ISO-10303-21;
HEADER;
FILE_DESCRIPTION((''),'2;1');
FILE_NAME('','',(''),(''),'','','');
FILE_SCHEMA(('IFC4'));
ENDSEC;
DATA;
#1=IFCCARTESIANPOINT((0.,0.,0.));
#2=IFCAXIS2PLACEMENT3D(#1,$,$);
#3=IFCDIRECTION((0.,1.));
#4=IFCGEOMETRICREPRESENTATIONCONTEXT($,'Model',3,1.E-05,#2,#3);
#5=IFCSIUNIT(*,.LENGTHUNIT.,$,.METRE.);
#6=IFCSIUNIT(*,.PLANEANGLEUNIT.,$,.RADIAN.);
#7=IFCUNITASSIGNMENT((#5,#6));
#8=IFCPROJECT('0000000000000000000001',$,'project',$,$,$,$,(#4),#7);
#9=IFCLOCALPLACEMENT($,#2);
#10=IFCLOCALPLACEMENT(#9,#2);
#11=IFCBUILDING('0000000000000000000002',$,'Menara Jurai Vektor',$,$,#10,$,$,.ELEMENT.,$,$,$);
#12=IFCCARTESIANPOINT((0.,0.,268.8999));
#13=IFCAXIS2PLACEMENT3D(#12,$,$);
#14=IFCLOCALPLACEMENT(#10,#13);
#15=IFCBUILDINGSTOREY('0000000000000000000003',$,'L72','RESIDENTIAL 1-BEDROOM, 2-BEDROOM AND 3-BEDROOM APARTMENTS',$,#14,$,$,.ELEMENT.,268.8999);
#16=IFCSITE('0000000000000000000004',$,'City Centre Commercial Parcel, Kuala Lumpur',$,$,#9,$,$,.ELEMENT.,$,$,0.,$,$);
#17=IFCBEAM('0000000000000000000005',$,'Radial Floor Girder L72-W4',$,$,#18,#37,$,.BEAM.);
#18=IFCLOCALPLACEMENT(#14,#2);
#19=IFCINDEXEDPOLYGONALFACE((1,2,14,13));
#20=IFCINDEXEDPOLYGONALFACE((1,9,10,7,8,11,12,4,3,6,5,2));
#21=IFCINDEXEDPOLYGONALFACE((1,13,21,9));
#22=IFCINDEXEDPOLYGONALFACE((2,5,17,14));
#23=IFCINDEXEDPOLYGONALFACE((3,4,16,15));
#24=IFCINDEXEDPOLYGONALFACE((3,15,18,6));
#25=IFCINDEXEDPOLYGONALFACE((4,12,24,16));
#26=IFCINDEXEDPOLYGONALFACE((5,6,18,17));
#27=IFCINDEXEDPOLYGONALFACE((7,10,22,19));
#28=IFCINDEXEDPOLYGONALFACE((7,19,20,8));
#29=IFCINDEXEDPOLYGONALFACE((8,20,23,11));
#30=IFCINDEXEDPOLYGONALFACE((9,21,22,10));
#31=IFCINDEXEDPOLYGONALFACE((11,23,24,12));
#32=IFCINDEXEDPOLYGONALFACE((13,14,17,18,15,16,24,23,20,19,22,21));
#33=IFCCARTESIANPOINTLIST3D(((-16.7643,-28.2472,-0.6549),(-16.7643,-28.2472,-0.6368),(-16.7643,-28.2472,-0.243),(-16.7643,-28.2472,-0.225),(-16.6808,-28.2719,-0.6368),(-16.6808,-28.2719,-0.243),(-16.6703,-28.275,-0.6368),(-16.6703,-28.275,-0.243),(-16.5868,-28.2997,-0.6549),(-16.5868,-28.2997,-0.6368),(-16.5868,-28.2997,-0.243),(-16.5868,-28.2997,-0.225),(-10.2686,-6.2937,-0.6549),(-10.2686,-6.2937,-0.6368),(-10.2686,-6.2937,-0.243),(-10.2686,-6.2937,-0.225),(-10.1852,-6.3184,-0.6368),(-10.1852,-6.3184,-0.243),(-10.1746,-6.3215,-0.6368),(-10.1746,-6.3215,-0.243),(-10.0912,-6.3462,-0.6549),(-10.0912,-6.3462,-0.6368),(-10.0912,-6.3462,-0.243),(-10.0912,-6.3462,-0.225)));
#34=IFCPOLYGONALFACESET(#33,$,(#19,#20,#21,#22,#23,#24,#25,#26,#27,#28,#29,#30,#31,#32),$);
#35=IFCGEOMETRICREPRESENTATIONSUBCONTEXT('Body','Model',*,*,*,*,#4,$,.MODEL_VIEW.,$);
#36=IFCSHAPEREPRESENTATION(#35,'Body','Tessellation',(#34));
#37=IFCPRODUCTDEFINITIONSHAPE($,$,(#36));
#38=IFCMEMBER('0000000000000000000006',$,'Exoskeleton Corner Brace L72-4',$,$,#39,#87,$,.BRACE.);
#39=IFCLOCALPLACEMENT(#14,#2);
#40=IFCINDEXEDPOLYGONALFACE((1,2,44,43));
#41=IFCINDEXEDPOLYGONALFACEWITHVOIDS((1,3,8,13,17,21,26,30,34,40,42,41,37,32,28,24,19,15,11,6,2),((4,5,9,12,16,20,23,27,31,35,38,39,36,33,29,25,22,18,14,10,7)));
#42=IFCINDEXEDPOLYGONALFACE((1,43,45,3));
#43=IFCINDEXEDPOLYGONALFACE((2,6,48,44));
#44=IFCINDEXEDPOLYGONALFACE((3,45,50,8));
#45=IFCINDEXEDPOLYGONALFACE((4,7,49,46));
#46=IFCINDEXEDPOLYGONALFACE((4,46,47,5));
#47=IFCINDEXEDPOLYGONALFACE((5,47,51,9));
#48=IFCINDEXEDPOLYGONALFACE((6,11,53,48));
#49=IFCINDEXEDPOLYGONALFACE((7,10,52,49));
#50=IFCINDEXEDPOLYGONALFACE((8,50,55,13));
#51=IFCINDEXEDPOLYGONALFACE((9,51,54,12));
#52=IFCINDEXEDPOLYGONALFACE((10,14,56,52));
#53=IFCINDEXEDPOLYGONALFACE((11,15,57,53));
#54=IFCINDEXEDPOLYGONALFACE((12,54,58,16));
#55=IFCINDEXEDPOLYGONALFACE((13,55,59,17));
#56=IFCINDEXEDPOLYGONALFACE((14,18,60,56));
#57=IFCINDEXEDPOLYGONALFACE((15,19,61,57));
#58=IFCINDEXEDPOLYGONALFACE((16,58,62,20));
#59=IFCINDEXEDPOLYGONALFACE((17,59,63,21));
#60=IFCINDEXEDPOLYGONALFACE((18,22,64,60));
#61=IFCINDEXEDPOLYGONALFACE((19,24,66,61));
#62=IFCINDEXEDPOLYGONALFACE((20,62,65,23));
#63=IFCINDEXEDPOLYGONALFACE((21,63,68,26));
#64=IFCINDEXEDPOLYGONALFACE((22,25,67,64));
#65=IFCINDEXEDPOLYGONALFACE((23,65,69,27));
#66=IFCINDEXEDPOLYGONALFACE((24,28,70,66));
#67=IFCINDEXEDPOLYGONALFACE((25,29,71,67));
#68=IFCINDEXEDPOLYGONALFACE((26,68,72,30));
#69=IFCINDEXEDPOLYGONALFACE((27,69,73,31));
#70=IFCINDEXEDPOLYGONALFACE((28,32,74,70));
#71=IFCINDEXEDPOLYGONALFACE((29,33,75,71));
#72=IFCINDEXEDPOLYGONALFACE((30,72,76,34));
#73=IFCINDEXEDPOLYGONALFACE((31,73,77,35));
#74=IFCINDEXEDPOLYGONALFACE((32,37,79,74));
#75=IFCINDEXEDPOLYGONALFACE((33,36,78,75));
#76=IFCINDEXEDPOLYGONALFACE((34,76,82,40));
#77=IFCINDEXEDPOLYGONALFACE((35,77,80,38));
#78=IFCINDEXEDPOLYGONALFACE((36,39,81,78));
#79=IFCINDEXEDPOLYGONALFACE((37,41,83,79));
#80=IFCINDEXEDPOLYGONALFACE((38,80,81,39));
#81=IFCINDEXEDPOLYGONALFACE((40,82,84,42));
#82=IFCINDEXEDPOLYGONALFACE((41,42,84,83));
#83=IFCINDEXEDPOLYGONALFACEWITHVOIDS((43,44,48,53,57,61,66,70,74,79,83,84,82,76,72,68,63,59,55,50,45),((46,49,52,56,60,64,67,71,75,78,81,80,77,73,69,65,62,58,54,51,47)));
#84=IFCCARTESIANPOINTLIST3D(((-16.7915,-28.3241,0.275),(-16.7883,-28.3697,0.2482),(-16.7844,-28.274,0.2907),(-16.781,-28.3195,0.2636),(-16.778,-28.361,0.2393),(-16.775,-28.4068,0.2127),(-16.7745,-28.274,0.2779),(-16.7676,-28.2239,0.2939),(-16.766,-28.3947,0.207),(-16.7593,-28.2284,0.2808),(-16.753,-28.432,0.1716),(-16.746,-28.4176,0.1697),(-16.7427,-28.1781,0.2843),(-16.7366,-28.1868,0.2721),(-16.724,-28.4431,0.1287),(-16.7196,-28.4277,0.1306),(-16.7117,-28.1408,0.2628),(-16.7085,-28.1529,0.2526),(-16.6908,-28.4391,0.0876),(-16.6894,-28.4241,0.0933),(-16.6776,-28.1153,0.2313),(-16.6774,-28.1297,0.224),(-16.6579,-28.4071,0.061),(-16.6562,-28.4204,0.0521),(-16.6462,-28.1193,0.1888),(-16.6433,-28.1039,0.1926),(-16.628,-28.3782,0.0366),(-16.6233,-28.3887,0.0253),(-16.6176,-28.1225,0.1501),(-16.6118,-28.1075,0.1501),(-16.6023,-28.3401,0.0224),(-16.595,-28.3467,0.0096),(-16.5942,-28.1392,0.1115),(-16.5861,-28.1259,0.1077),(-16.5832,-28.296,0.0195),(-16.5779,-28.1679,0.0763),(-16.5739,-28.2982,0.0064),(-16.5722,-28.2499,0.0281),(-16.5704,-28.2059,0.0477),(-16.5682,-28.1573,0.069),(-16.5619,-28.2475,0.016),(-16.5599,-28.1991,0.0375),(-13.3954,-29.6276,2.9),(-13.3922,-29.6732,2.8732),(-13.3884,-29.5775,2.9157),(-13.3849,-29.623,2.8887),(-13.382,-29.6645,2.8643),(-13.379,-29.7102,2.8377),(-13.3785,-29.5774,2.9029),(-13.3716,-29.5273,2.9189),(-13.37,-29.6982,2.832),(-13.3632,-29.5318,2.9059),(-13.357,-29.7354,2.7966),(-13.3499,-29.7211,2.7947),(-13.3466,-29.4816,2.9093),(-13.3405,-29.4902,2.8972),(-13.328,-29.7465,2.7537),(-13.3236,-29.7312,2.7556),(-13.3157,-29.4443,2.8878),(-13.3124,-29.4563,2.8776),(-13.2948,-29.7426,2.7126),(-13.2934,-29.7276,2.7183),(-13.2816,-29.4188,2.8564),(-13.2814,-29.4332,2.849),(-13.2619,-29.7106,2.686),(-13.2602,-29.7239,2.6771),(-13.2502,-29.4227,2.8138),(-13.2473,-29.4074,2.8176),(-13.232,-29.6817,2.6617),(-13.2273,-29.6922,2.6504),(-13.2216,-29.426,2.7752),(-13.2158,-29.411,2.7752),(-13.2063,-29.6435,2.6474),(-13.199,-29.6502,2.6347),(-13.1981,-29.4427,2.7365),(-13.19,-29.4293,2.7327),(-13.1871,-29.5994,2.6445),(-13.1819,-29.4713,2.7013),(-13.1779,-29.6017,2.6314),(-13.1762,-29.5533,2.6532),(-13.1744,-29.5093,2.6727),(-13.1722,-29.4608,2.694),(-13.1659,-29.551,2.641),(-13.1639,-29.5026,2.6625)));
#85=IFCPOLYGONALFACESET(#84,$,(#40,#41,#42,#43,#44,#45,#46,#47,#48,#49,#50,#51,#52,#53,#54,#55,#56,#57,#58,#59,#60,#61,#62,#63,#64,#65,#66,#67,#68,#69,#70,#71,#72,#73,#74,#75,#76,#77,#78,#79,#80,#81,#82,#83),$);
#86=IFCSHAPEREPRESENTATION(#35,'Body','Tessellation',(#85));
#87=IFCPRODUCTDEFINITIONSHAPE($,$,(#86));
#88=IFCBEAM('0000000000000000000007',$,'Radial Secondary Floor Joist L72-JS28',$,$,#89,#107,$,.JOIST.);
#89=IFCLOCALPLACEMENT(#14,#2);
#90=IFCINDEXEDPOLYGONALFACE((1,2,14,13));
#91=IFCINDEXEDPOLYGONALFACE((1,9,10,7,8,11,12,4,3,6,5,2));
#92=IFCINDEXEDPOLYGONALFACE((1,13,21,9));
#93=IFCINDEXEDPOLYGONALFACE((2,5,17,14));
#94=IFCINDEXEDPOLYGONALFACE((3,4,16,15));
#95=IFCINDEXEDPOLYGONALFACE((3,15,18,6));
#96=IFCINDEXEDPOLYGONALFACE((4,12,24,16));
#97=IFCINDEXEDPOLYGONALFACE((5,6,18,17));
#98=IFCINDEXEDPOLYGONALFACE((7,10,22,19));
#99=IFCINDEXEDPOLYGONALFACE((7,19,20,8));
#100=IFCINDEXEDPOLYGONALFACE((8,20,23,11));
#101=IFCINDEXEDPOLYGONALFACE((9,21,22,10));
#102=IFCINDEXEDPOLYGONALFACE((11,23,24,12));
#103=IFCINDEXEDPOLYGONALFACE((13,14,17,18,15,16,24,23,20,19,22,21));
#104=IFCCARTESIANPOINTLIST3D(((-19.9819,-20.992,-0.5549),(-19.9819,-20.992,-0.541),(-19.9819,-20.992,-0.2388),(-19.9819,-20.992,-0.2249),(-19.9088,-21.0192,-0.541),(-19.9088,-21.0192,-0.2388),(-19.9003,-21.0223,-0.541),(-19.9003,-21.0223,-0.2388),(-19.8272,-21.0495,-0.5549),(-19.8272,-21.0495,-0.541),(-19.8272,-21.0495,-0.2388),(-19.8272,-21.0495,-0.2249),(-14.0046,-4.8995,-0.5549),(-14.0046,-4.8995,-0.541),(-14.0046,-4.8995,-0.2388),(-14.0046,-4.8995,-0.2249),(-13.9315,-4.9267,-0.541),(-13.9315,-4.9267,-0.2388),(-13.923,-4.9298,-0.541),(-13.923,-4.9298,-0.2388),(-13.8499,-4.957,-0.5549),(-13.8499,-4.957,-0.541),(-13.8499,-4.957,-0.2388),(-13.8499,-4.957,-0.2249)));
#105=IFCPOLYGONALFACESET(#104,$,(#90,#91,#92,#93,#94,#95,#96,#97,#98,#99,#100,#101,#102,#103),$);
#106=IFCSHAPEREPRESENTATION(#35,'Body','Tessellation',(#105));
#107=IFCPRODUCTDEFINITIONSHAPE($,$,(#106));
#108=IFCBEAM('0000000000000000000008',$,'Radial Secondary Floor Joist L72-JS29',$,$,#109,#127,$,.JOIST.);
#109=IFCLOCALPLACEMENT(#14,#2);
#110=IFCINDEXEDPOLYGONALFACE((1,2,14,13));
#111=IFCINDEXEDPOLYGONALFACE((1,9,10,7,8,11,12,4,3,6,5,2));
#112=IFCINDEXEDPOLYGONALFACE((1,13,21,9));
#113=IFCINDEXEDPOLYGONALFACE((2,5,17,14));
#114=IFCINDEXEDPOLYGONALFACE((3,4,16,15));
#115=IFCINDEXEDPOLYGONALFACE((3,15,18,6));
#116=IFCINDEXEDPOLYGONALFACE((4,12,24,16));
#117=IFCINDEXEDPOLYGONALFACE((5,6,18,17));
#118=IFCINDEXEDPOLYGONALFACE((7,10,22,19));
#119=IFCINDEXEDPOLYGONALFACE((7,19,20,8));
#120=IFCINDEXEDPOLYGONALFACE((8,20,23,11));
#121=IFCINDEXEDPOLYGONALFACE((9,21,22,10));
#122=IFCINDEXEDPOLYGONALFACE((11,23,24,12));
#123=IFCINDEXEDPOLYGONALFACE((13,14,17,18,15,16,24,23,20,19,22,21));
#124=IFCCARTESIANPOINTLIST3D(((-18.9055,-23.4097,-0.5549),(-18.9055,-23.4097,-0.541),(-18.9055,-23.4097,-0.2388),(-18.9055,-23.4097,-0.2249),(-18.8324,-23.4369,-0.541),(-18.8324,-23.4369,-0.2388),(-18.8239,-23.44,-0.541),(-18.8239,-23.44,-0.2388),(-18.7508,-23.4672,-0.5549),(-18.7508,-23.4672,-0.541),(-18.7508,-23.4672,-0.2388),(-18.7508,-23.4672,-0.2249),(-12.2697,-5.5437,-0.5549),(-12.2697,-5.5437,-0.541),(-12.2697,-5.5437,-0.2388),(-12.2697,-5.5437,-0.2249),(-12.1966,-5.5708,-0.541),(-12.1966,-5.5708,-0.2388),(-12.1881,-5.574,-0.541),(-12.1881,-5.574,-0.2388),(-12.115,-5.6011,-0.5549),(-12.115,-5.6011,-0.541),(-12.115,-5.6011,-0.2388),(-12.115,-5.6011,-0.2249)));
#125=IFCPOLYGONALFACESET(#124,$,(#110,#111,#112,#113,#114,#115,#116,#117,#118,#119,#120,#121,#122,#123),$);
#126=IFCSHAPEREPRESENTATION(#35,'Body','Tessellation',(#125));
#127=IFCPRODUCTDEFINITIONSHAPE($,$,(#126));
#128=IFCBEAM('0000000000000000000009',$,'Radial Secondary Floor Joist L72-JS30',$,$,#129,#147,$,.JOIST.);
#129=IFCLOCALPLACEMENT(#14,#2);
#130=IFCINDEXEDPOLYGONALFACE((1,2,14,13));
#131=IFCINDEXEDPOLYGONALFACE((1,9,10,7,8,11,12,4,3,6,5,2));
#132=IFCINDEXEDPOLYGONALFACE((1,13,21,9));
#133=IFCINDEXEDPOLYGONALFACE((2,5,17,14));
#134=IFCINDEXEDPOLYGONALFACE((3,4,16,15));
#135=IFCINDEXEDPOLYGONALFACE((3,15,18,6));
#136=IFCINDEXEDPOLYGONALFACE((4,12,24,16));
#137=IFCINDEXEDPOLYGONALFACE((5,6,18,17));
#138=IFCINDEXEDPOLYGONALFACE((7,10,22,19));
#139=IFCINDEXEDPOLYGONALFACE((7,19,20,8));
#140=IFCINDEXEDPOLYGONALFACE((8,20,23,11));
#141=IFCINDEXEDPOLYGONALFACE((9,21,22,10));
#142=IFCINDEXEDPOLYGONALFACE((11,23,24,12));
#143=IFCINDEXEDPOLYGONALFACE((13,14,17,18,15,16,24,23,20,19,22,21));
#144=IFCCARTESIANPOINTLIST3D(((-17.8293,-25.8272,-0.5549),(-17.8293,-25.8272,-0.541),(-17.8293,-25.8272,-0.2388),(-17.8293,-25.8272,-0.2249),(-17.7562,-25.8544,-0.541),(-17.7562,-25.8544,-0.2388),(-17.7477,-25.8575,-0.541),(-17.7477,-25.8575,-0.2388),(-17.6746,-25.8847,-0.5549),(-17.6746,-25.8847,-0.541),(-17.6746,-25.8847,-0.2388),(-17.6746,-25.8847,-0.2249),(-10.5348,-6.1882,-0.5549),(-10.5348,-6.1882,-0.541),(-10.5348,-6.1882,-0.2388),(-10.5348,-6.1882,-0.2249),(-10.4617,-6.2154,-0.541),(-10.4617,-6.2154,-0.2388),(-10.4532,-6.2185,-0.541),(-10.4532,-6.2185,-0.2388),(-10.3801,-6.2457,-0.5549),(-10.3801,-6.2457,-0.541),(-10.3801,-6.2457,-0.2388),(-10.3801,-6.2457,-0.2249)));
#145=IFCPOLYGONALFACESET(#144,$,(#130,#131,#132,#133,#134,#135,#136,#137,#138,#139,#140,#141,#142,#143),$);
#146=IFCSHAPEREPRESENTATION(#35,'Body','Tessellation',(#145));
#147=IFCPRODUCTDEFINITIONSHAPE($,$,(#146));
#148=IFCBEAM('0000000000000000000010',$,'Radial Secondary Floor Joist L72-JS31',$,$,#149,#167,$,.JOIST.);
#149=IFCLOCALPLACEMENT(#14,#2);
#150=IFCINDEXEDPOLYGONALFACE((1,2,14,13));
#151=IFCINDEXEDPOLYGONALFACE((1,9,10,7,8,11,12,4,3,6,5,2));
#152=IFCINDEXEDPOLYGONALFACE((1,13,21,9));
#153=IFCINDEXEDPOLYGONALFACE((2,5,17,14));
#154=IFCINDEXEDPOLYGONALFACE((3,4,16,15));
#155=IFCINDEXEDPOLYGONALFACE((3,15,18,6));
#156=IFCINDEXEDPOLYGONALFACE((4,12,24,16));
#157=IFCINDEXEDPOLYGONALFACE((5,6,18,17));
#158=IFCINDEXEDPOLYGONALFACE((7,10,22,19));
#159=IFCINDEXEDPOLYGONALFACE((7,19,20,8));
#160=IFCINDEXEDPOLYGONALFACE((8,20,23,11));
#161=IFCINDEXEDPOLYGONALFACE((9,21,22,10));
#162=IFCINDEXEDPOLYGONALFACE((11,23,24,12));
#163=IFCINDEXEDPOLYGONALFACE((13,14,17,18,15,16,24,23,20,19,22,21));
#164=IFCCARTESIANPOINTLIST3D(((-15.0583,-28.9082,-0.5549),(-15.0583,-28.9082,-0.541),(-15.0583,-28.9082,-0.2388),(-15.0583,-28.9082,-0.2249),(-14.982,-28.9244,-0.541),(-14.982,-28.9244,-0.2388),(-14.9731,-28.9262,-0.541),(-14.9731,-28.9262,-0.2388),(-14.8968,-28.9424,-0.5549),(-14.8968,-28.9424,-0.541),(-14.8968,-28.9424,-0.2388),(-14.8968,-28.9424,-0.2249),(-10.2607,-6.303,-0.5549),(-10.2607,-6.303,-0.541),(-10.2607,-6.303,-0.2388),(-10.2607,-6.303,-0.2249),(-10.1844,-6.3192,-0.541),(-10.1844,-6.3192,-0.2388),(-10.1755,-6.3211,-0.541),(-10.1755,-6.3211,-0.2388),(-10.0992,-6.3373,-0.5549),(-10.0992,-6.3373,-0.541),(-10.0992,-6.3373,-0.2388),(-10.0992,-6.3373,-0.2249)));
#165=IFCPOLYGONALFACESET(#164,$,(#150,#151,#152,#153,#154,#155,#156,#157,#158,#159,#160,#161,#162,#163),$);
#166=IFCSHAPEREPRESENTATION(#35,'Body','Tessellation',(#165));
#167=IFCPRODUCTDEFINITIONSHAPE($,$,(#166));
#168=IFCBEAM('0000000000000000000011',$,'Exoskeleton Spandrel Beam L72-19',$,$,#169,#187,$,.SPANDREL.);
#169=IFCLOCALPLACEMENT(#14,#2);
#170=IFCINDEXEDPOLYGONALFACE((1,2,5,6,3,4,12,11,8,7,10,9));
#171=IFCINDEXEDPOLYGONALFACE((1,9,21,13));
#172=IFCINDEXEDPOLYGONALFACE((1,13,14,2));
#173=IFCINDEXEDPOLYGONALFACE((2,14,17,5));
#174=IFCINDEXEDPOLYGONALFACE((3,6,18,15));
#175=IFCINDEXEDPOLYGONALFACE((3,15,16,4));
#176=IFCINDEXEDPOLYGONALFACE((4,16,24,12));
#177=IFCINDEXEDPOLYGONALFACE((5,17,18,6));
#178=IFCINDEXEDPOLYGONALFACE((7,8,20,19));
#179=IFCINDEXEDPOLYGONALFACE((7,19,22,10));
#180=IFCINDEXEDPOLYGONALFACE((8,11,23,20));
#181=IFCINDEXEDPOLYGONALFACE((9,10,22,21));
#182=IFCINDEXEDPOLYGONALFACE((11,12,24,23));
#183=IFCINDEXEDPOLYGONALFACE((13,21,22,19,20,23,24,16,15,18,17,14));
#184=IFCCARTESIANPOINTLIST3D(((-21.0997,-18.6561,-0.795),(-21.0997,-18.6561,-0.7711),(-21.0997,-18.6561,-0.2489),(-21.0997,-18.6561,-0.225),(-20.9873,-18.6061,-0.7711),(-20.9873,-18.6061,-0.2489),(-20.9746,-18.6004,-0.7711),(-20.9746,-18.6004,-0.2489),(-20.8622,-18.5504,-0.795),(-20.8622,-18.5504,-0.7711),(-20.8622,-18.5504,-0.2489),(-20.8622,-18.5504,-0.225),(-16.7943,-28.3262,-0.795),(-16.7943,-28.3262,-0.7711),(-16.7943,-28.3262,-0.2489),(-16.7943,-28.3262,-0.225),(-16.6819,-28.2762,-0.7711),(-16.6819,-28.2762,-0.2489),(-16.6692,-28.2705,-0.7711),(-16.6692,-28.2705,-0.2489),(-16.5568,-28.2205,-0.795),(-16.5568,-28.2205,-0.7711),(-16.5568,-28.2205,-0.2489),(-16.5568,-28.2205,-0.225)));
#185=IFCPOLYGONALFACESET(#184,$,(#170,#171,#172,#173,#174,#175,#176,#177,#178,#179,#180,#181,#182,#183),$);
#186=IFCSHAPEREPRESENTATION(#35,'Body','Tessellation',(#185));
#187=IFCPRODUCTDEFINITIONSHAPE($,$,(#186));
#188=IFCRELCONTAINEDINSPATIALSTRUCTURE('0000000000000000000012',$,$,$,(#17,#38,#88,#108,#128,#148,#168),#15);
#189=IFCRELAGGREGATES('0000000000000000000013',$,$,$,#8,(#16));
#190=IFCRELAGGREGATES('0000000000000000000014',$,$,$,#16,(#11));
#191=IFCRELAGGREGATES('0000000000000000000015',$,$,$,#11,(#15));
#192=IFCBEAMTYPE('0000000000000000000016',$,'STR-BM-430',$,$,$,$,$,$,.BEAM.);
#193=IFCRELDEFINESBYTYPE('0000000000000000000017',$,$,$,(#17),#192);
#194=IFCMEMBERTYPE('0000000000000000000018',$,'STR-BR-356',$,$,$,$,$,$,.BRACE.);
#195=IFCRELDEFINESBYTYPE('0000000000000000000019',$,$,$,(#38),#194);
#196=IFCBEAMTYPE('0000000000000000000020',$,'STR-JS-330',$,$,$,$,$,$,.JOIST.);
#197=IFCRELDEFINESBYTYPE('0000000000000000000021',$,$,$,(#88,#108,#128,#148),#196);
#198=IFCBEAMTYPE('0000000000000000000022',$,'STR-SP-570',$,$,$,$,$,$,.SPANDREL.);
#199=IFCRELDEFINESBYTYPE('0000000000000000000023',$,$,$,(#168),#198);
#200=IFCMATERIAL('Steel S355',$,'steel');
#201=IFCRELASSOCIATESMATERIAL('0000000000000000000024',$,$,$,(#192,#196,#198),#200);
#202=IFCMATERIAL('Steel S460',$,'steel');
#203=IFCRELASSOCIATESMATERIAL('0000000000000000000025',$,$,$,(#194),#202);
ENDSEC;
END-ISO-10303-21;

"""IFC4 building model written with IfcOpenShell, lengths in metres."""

from ifc_helpers import new_model, si_unit, direction, frame, origin, origin_2d, place, context, subcontext, project, spatial, hollow_circle, i_section, extrude, material, material_profile, profile_set, type_object, element, save


model = new_model("IFC4")

# Units and contexts
model_context = context("Model", 3, precision=1e-05, world=origin(), true_north=direction((0.0, 1.0)))
body_context = subcontext(model_context, "Body", "Model", "MODEL_VIEW")
ifc_project = project(units=[si_unit("LENGTHUNIT", "METRE"), si_unit("PLANEANGLEUNIT", "RADIAN")], contexts=[model_context])

# Site, building, storey
site_placement = place(None, origin())
site = spatial("IfcSite", under=ifc_project, at=site_placement, Name="City Centre Commercial Parcel, Kuala Lumpur", CompositionType="ELEMENT", RefElevation=0.0)
building_placement = place(site_placement, origin())
building = spatial("IfcBuilding", under=site, at=building_placement, Name="Menara Jurai Vektor", CompositionType="ELEMENT")
storey_placement = place(building_placement, frame((0.0, 0.0, 268.8999)))
storey = spatial("IfcBuildingStorey", under=building, at=storey_placement, Name="L72", Description="RESIDENTIAL 1-BEDROOM, 2-BEDROOM AND 3-BEDROOM APARTMENTS", CompositionType="ELEMENT", Elevation=268.8999)

# Shared definitions
ifc_material_1 = material(Name="Steel S460", Category="steel")

# Beam
ifc_material_2 = material(Name="Steel S355", Category="steel")
ifc_material_profile_1 = material_profile(ifc_material_2, i_section(OverallWidth=0.1851, OverallDepth=0.4299, WebThickness=0.011, FlangeThickness=0.0181, at=origin_2d()), Name="PG 430x185x76")
ifc_profile_set_1 = profile_set([ifc_material_profile_1], Name="Steel S355")
beam_type_1 = type_object("IfcBeamType", Name="STR-BM-430", PredefinedType="BEAM", material=ifc_profile_set_1)
beam_1_placement = place(storey_placement, frame((-16.6755, -28.2734, -0.4399), z_axis=(0.283723, 0.958906, 0.0), x_axis=(-0.958906, 0.283723, 0.0)))
element("IfcBeam", 1, at=beam_1_placement, inside=storey, type_object=beam_type_1, Name="Radial Floor Girder L72-W4", PredefinedType="BEAM", context=body_context, shape_type="SweptSolid", body=[
    extrude(i_section(OverallWidth=0.1851, OverallDepth=0.4299, WebThickness=0.011, FlangeThickness=0.0181, at=origin_2d()), origin(), (0.0, 0.0, 1.0), 22.8943),
])

# Member
ifc_material_profile_2 = material_profile(ifc_material_1, hollow_circle(Radius=0.1777, WallThickness=0.0161, at=origin_2d()), Name="CHS 355.6x16")
ifc_profile_set_2 = profile_set([ifc_material_profile_2], Name="Steel S460")
member_type_1 = type_object("IfcMemberType", Name="STR-BR-356", PredefinedType="BRACE", material=ifc_profile_set_2)
member_1_placement = place(storey_placement, frame((-16.6755, -28.2734, 0.1501), z_axis=(0.757054, -0.290576, 0.585179), x_axis=(0.358336, 0.933593, 0.0)))
element("IfcMember", 2, at=member_1_placement, inside=storey, type_object=member_type_1, Name="Exoskeleton Corner Brace L72-4", PredefinedType="BRACE", context=body_context, shape_type="SweptSolid", body=[
    extrude(hollow_circle(Radius=0.1777, WallThickness=0.0161, at=origin_2d()), origin(), (0.0, 0.0, 1.0), 4.4858),
])

# Beams
ifc_material_profile_3 = material_profile(ifc_material_2, i_section(OverallWidth=0.165, OverallDepth=0.3301, WebThickness=0.009, FlangeThickness=0.0139, at=origin_2d()), Name="PG 330x165x46")
ifc_profile_set_3 = profile_set([ifc_material_profile_3], Name="Steel S355")
beam_type_2 = type_object("IfcBeamType", Name="STR-JS-330", PredefinedType="JOIST", material=ifc_profile_set_3)
beam_2_placement = place(storey_placement, frame((-19.9045, -21.0208, -0.3899), z_axis=(0.34819, 0.937424, 0.0), x_axis=(-0.937424, 0.34819, 0.0)))
element("IfcBeam", 3, at=beam_2_placement, inside=storey, type_object=beam_type_2, Name="Radial Secondary Floor Joist L72-JS28", PredefinedType="JOIST", context=body_context, shape_type="SweptSolid", body=[
    extrude(i_section(OverallWidth=0.165, OverallDepth=0.3301, WebThickness=0.009, FlangeThickness=0.0139, at=origin_2d()), origin(), (0.0, 0.0, 1.0), 17.1667),
])
beam_3_placement = place(storey_placement, frame((-18.8281, -23.4385, -0.3899), z_axis=(0.348178, 0.937428, 0.0), x_axis=(-0.937428, 0.348178, 0.0)))
element("IfcBeam", 4, at=beam_3_placement, inside=storey, type_object=beam_type_2, Name="Radial Secondary Floor Joist L72-JS29", PredefinedType="JOIST", context=body_context, shape_type="SweptSolid", body=[
    extrude(i_section(OverallWidth=0.165, OverallDepth=0.3301, WebThickness=0.009, FlangeThickness=0.0139, at=origin_2d()), origin(), (0.0, 0.0, 1.0), 19.0586),
])
beam_4_placement = place(storey_placement, frame((-17.752, -25.856, -0.3899), z_axis=(0.348186, 0.937426, 0.0), x_axis=(-0.937426, 0.348186, 0.0)))
element("IfcBeam", 5, at=beam_4_placement, inside=storey, type_object=beam_type_2, Name="Radial Secondary Floor Joist L72-JS30", PredefinedType="JOIST", context=body_context, shape_type="SweptSolid", body=[
    extrude(i_section(OverallWidth=0.165, OverallDepth=0.3301, WebThickness=0.009, FlangeThickness=0.0139, at=origin_2d()), origin(), (0.0, 0.0, 1.0), 20.95),
])
beam_5_placement = place(storey_placement, frame((-14.9775, -28.9253, -0.3899), z_axis=(0.20761, 0.978212, 0.0), x_axis=(-0.978212, 0.20761, 0.0)))
element("IfcBeam", 6, at=beam_5_placement, inside=storey, type_object=beam_type_2, Name="Radial Secondary Floor Joist L72-JS31", PredefinedType="JOIST", context=body_context, shape_type="SweptSolid", body=[
    extrude(i_section(OverallWidth=0.165, OverallDepth=0.3301, WebThickness=0.009, FlangeThickness=0.0139, at=origin_2d()), origin(), (0.0, 0.0, 1.0), 23.1086),
])
ifc_material_profile_4 = material_profile(ifc_material_2, i_section(OverallWidth=0.26, OverallDepth=0.5701, WebThickness=0.0139, FlangeThickness=0.0239, at=origin_2d()), Name="PG 570x260x145")
ifc_profile_set_4 = profile_set([ifc_material_profile_4], Name="Steel S355")
beam_type_3 = type_object("IfcBeamType", Name="STR-SP-570", PredefinedType="SPANDREL", material=ifc_profile_set_4)
beam_6_placement = place(storey_placement, frame((-20.981, -18.6033, -0.51), z_axis=(0.406735, -0.913546, 0.0), x_axis=(0.913546, 0.406735, 0.0)))
element("IfcBeam", 7, at=beam_6_placement, inside=storey, type_object=beam_type_3, Name="Exoskeleton Spandrel Beam L72-19", PredefinedType="SPANDREL", context=body_context, shape_type="SweptSolid", body=[
    extrude(i_section(OverallWidth=0.26, OverallDepth=0.5701, WebThickness=0.0139, FlangeThickness=0.0239, at=origin_2d()), origin(), (0.0, 0.0, 1.0), 10.5852),
])

save(model, "model.ifc")
